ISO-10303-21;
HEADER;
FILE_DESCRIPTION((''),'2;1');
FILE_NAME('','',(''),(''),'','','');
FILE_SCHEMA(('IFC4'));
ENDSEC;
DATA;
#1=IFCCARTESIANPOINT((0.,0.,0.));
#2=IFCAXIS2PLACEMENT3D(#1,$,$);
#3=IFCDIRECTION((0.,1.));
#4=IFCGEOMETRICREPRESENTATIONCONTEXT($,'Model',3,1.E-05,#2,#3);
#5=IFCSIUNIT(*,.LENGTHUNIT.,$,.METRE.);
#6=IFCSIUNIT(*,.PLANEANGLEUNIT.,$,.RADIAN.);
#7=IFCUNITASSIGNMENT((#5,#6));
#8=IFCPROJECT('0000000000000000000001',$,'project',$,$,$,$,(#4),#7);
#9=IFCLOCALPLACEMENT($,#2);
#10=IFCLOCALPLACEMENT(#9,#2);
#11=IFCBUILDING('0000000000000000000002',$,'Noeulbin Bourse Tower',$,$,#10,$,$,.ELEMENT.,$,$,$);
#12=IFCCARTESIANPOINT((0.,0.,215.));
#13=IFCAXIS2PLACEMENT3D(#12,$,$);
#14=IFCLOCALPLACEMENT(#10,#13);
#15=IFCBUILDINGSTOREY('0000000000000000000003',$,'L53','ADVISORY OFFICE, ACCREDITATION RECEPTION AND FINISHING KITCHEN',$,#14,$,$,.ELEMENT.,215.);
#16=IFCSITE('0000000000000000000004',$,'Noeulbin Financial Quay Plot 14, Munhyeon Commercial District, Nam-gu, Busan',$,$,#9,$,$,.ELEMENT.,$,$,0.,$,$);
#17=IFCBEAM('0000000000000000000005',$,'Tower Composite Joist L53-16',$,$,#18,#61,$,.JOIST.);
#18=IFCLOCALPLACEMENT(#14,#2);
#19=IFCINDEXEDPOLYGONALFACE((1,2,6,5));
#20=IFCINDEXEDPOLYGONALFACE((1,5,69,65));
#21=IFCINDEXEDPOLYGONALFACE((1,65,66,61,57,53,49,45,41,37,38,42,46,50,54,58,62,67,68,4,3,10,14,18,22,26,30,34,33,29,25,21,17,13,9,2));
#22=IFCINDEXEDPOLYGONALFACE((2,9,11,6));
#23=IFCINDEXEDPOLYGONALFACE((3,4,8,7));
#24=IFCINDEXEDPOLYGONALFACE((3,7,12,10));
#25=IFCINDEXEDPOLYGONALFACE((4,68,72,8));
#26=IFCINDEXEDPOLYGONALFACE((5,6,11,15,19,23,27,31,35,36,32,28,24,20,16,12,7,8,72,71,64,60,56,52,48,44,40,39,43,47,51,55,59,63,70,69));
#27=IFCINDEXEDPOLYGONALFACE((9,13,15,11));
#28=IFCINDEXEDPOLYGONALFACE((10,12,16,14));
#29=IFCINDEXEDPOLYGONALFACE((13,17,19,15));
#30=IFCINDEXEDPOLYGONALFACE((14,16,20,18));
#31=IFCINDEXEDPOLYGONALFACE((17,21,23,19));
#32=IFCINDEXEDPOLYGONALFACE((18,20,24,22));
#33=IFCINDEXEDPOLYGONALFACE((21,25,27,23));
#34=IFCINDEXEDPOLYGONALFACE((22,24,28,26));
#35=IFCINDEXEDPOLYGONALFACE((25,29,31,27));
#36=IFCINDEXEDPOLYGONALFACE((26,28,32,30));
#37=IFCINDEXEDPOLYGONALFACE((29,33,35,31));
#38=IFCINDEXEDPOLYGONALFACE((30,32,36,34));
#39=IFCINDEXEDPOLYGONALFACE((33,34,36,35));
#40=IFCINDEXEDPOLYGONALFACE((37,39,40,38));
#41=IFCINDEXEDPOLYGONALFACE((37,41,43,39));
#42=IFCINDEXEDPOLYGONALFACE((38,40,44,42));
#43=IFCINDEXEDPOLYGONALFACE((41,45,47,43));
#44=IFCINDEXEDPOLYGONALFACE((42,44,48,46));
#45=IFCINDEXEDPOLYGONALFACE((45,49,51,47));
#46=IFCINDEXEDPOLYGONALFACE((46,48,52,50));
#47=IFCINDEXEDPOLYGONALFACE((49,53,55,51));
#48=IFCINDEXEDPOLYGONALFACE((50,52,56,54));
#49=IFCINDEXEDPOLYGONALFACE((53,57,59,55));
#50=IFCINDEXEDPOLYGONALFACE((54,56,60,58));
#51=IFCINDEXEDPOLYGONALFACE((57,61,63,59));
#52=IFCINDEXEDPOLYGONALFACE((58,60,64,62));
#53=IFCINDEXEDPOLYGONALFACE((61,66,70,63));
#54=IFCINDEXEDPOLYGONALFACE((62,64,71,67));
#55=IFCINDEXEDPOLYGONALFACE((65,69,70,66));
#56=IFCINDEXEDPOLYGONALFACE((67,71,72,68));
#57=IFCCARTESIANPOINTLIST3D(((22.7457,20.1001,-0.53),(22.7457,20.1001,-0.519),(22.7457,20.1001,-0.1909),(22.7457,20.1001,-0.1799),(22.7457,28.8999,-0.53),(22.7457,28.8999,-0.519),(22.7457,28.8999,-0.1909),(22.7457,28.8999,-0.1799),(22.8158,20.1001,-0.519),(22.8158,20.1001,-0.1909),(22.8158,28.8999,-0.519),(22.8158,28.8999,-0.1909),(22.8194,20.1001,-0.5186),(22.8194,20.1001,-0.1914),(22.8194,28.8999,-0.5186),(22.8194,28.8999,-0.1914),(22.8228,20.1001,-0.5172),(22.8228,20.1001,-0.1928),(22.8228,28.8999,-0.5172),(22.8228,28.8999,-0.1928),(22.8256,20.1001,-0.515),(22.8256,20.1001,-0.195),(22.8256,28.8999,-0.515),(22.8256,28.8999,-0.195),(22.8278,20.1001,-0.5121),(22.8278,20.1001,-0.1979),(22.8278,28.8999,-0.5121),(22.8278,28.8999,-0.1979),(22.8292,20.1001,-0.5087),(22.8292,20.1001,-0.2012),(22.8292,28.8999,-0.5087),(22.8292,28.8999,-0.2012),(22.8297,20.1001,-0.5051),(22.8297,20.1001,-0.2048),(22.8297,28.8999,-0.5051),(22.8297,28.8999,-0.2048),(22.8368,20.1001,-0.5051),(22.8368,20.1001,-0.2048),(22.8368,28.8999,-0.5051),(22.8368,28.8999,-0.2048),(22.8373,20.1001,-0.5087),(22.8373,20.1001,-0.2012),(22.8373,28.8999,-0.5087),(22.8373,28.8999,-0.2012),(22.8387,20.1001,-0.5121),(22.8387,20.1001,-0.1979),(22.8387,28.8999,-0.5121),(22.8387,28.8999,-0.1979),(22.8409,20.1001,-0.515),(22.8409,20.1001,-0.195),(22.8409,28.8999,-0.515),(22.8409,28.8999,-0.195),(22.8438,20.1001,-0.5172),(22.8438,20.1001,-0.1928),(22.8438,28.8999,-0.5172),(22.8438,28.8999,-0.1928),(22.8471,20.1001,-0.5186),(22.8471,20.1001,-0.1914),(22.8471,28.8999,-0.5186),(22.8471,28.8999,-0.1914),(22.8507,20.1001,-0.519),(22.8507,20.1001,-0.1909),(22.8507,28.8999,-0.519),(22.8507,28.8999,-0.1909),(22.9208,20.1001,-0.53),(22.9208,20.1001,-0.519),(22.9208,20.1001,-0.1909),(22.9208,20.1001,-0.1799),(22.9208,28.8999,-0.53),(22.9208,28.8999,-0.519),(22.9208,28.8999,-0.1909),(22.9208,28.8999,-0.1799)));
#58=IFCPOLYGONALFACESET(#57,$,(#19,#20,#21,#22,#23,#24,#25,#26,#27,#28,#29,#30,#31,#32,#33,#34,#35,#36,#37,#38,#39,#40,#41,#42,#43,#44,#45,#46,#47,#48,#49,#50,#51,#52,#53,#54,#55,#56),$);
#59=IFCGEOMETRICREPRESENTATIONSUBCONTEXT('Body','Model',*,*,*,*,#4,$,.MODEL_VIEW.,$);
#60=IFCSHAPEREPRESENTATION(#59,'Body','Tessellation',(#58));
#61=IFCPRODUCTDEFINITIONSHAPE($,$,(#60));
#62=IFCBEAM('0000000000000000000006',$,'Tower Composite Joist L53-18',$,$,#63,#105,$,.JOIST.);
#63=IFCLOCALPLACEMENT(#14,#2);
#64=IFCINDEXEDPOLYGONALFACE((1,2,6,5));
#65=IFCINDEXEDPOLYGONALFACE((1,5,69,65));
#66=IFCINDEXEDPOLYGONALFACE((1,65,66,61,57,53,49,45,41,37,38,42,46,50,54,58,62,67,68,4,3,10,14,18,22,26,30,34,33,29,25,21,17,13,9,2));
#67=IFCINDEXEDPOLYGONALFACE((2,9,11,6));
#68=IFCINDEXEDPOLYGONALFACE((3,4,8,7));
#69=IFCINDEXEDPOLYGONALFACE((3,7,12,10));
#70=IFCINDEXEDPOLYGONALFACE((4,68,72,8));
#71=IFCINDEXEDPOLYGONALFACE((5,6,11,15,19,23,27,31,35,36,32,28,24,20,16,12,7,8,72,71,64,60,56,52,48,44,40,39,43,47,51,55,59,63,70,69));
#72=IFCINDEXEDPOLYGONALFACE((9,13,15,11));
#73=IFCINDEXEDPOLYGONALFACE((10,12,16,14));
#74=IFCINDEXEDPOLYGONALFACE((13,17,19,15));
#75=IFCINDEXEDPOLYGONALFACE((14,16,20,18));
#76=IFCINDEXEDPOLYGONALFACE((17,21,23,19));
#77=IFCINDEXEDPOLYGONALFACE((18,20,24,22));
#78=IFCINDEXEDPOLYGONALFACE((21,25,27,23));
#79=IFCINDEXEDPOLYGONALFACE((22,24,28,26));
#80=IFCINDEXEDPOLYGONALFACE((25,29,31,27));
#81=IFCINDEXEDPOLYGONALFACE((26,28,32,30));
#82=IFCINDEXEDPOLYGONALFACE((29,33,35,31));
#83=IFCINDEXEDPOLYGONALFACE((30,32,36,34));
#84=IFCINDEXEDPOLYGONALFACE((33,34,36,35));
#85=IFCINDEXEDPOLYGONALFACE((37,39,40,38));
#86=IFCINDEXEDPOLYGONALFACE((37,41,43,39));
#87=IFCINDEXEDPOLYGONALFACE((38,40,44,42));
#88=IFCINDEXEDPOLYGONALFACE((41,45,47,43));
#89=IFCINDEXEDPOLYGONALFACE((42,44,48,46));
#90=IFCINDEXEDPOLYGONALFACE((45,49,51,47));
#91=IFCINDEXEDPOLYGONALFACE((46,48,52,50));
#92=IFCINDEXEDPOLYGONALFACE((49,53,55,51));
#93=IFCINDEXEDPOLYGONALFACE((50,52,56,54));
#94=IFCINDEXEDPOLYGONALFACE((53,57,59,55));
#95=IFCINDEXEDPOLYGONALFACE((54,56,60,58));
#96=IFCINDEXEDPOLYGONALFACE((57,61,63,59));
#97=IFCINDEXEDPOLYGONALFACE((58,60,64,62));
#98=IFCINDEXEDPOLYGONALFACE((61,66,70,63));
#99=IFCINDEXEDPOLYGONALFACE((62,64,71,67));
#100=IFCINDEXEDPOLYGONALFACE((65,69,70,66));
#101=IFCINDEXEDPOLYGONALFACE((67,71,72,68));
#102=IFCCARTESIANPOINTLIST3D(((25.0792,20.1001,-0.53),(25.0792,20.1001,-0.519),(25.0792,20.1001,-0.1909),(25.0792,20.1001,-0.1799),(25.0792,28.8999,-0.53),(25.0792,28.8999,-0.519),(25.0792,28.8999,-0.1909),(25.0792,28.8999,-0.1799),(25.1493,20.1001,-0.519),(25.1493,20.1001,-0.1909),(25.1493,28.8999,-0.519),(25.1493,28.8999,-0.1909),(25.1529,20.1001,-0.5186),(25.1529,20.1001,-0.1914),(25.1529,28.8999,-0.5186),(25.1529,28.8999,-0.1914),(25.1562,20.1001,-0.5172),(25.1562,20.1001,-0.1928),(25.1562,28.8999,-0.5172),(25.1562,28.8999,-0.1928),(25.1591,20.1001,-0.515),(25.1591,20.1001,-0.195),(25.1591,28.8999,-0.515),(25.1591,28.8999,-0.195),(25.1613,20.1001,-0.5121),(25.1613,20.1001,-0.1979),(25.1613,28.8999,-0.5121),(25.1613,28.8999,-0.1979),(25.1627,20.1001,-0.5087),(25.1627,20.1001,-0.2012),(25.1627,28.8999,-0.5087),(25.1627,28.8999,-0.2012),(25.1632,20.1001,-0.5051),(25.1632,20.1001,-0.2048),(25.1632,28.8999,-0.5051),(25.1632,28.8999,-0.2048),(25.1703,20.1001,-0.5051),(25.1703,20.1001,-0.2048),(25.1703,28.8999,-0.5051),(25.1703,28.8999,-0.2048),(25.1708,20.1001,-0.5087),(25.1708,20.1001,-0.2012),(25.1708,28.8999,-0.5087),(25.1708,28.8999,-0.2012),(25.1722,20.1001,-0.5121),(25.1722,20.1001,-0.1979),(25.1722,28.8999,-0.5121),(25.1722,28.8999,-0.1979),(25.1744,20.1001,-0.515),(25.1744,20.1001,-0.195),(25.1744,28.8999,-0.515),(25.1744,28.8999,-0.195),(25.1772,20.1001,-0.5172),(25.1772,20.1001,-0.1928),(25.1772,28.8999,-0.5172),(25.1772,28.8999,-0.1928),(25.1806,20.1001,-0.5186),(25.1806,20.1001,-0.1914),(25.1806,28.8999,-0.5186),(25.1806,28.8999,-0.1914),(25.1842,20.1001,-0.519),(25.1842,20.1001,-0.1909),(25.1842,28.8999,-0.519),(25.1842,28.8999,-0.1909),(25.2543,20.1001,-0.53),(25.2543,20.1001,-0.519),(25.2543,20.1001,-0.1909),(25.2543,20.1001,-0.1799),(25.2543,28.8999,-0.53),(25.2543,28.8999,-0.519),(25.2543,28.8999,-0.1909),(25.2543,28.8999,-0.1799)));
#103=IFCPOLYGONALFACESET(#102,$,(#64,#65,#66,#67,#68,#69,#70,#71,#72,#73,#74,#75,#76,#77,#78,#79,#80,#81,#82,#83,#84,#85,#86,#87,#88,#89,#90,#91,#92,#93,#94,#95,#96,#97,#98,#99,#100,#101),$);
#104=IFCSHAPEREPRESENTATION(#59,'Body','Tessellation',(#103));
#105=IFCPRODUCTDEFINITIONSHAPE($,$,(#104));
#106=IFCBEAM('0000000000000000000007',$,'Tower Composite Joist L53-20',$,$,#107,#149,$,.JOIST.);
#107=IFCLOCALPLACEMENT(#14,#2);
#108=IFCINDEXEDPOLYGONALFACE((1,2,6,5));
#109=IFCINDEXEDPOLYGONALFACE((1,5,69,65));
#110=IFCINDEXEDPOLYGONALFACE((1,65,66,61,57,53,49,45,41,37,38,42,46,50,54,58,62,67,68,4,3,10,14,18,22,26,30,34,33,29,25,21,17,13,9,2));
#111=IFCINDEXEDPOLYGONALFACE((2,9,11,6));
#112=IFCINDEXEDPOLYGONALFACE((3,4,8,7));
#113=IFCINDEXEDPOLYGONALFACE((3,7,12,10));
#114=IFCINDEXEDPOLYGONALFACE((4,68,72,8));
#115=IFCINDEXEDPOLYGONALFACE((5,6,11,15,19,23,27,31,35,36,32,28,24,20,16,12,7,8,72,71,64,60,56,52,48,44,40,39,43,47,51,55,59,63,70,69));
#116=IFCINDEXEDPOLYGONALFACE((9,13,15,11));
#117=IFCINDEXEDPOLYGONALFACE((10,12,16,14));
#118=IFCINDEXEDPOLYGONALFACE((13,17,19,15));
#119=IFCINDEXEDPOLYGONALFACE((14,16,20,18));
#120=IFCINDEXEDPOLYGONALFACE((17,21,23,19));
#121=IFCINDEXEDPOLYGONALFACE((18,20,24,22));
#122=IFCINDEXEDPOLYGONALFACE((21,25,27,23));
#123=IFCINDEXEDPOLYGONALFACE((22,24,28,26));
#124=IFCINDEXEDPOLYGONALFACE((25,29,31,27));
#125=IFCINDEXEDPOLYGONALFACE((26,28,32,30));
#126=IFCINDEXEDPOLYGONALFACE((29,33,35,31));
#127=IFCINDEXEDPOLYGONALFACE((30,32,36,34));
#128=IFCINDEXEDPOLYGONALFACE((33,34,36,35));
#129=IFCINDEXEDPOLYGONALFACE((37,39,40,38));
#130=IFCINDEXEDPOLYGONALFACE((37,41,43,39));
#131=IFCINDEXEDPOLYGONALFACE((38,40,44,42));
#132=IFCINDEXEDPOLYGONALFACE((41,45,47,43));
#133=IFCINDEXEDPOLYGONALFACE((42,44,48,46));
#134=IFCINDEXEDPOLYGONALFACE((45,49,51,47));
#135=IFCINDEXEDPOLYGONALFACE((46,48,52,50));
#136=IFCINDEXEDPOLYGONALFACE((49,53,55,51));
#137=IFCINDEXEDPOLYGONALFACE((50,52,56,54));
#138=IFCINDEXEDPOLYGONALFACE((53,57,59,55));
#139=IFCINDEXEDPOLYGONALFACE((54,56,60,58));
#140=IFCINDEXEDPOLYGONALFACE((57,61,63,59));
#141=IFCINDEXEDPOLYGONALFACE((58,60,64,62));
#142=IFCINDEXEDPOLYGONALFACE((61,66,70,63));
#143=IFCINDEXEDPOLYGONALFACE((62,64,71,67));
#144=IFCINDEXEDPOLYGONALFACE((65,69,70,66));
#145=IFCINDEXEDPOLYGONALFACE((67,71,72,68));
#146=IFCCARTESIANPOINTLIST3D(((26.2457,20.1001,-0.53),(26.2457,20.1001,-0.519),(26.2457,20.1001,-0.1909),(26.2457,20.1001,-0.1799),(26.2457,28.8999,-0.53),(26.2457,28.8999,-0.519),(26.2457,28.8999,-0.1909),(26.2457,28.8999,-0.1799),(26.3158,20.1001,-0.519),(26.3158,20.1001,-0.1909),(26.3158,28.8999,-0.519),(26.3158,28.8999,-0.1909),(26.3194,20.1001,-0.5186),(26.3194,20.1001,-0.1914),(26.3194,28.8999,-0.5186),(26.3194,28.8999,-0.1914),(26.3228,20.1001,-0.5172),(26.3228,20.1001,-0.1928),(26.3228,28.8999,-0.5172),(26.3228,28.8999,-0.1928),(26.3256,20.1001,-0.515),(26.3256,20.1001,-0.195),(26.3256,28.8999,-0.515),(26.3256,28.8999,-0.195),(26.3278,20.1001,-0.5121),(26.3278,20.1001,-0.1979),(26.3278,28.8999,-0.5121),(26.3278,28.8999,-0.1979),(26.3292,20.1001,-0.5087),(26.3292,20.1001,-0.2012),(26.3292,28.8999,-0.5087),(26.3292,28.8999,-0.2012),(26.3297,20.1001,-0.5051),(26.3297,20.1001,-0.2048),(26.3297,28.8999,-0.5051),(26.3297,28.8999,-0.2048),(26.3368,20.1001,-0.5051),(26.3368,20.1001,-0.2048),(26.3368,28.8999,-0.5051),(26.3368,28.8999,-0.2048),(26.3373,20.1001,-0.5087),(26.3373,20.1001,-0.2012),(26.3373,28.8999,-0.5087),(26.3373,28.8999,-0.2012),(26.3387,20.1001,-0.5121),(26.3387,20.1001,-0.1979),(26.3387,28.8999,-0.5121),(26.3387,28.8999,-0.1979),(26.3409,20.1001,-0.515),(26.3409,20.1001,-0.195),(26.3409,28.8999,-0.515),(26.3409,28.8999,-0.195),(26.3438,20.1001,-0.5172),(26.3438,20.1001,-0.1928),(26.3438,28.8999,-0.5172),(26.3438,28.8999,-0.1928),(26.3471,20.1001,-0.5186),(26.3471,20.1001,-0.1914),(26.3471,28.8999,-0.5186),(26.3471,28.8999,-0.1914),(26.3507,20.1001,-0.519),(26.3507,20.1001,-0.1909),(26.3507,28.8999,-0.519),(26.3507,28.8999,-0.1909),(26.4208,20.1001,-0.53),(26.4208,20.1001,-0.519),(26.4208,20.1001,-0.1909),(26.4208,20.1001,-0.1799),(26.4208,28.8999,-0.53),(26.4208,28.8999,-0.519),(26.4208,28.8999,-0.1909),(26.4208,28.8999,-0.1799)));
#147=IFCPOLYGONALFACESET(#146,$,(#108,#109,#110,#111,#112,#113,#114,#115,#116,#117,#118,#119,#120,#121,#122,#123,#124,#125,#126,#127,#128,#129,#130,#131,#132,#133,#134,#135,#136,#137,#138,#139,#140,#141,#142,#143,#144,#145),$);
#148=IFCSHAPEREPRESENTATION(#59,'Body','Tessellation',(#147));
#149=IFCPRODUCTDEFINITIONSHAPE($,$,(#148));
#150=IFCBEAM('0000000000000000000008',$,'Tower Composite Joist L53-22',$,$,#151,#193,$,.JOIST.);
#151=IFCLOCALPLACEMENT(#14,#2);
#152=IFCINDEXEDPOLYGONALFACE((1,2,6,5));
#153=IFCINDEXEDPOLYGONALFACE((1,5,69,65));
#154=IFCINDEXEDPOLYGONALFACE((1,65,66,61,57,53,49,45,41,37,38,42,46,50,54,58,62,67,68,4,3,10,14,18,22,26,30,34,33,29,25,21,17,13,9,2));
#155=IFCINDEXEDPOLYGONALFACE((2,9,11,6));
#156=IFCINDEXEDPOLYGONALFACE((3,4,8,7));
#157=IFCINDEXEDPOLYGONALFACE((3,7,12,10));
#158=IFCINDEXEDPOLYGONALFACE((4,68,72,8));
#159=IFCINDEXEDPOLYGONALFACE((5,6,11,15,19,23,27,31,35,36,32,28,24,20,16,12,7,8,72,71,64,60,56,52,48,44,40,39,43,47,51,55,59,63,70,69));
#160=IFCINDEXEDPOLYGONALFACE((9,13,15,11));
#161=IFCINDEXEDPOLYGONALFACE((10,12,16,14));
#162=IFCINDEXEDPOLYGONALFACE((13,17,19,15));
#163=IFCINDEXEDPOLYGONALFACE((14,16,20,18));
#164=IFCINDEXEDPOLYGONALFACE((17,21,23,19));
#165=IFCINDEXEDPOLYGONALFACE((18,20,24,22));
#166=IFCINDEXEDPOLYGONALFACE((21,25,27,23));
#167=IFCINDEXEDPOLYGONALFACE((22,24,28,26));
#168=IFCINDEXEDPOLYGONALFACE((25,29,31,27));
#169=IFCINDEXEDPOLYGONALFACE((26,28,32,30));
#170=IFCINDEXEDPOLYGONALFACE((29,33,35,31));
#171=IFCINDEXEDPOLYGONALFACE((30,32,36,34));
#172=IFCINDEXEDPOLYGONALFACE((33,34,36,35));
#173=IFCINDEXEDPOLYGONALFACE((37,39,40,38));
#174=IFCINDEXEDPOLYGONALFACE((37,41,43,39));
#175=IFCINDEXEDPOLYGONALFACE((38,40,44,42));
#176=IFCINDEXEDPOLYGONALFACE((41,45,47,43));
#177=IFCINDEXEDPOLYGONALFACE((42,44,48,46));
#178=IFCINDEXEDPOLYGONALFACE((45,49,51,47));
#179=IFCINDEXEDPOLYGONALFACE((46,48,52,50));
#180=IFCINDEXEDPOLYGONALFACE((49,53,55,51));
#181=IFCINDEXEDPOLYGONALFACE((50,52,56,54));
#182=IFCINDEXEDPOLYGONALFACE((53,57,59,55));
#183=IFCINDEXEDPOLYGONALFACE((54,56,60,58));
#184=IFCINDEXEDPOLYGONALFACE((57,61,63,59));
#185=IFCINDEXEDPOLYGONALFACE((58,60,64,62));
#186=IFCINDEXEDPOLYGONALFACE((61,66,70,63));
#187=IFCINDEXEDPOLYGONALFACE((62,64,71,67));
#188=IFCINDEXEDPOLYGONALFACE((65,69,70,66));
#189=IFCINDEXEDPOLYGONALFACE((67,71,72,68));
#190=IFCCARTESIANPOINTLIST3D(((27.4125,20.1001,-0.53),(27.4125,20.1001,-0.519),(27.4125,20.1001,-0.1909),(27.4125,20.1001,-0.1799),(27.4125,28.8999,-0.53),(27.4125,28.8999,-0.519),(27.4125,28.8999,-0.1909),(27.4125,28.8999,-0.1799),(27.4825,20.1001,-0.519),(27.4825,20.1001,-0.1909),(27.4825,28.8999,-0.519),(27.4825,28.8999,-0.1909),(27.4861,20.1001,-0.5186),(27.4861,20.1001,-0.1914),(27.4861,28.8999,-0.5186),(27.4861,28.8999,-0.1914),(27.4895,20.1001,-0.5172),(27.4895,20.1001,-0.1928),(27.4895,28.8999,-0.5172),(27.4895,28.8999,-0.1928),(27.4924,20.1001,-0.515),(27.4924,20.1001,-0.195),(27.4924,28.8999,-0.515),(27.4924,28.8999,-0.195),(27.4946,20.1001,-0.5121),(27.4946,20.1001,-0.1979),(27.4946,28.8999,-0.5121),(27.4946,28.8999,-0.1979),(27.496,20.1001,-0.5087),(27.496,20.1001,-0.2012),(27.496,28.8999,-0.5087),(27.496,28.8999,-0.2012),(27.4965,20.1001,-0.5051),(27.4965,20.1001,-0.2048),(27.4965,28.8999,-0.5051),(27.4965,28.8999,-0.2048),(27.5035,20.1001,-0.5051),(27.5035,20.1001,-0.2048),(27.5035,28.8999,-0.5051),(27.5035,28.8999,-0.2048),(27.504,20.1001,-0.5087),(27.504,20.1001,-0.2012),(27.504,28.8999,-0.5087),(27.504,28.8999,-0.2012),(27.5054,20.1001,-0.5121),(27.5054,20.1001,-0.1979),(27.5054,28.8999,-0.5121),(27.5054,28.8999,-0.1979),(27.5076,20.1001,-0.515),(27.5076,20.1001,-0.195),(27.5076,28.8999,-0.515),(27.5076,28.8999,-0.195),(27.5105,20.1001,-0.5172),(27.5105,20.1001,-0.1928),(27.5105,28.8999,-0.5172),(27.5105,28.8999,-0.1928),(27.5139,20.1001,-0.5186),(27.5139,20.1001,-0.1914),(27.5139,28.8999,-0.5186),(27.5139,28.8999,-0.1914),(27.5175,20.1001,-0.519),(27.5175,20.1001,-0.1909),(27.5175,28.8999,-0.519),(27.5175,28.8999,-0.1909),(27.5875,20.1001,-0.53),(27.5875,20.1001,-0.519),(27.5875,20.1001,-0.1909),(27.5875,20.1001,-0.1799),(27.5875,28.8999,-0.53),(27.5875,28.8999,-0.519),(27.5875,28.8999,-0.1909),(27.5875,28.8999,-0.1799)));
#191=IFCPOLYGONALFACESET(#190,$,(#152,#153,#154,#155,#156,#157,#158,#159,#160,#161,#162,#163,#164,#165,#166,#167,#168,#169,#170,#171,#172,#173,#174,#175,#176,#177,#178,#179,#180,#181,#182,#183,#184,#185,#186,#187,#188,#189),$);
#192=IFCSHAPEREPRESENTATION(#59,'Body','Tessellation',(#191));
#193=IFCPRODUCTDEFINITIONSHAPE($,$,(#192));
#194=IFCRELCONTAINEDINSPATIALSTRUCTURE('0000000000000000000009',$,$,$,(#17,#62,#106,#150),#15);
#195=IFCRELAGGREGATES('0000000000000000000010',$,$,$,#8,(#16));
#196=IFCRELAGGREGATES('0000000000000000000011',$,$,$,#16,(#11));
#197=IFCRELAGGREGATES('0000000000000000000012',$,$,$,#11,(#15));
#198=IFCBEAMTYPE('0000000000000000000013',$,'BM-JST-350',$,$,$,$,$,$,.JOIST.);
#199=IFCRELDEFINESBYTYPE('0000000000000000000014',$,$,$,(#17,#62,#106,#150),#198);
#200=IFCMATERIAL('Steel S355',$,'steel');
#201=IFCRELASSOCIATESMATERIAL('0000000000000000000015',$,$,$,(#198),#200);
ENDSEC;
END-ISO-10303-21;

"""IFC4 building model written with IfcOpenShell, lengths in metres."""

from ifc_helpers import new_model, si_unit, direction, frame, origin, origin_2d, place, context, subcontext, project, spatial, i_section, extrude, material, material_profile, profile_set, type_object, element, save


model = new_model("IFC4")

# Units and contexts
model_context = context("Model", 3, precision=1e-05, world=origin(), true_north=direction((0.0, 1.0)))
body_context = subcontext(model_context, "Body", "Model", "MODEL_VIEW")
ifc_project = project(units=[si_unit("LENGTHUNIT", "METRE"), si_unit("PLANEANGLEUNIT", "RADIAN")], contexts=[model_context])

# Site, building, storey
site_placement = place(None, origin())
site = spatial("IfcSite", under=ifc_project, at=site_placement, Name="Noeulbin Financial Quay Plot 14, Munhyeon Commercial District, Nam-gu, Busan", CompositionType="ELEMENT", RefElevation=0.0)
building_placement = place(site_placement, origin())
building = spatial("IfcBuilding", under=site, at=building_placement, Name="Noeulbin Bourse Tower", CompositionType="ELEMENT")
storey_placement = place(building_placement, frame((0.0, 0.0, 215.0)))
storey = spatial("IfcBuildingStorey", under=building, at=storey_placement, Name="L53", Description="ADVISORY OFFICE, ACCREDITATION RECEPTION AND FINISHING KITCHEN", CompositionType="ELEMENT", Elevation=215.0)

# Shared definitions
ifc_material_1 = material(Name="Steel S355", Category="steel")

# Beams
ifc_material_profile_1 = material_profile(ifc_material_1, i_section(OverallWidth=0.175, OverallDepth=0.3501, WebThickness=0.0071, FlangeThickness=0.011, FilletRadius=0.0139, at=origin_2d()), Name="H-350x175x7x11", Category="LoadBearing")
ifc_profile_set_1 = profile_set([ifc_material_profile_1], Name="Steel S355")
beam_type = type_object("IfcBeamType", Name="BM-JST-350", PredefinedType="JOIST", material=ifc_profile_set_1)
for number, where, z_axis, x_axis, name in (
    (1, (22.8333, 20.1001, -0.355), (0.0, 1.0, 0.0), (-1.0, 0.0, 0.0), "Tower Composite Joist L53-16"),
    (2, (25.1667, 20.1001, -0.355), (0.0, 1.0, 0.0), (-1.0, 0.0, 0.0), "Tower Composite Joist L53-18"),
    (3, (26.3333, 20.1001, -0.355), (0.0, 1.0, 0.0), (-1.0, 0.0, 0.0), "Tower Composite Joist L53-20"),
    (4, (27.5, 20.1001, -0.355), (0.0, 1.0, 0.0), (-1.0, 0.0, 0.0), "Tower Composite Joist L53-22"),
):
    element("IfcBeam", number, at=place(storey_placement, frame(where, z_axis=z_axis, x_axis=x_axis)), inside=storey, type_object=beam_type, Name=name, PredefinedType="JOIST", context=body_context, shape_type="SweptSolid", body=[
        extrude(i_section(OverallWidth=0.175, OverallDepth=0.3501, WebThickness=0.0071, FlangeThickness=0.011, FilletRadius=0.0139, at=origin_2d()), origin(), (0.0, 0.0, 1.0), 8.7998),
    ])

save(model, "model.ifc")
